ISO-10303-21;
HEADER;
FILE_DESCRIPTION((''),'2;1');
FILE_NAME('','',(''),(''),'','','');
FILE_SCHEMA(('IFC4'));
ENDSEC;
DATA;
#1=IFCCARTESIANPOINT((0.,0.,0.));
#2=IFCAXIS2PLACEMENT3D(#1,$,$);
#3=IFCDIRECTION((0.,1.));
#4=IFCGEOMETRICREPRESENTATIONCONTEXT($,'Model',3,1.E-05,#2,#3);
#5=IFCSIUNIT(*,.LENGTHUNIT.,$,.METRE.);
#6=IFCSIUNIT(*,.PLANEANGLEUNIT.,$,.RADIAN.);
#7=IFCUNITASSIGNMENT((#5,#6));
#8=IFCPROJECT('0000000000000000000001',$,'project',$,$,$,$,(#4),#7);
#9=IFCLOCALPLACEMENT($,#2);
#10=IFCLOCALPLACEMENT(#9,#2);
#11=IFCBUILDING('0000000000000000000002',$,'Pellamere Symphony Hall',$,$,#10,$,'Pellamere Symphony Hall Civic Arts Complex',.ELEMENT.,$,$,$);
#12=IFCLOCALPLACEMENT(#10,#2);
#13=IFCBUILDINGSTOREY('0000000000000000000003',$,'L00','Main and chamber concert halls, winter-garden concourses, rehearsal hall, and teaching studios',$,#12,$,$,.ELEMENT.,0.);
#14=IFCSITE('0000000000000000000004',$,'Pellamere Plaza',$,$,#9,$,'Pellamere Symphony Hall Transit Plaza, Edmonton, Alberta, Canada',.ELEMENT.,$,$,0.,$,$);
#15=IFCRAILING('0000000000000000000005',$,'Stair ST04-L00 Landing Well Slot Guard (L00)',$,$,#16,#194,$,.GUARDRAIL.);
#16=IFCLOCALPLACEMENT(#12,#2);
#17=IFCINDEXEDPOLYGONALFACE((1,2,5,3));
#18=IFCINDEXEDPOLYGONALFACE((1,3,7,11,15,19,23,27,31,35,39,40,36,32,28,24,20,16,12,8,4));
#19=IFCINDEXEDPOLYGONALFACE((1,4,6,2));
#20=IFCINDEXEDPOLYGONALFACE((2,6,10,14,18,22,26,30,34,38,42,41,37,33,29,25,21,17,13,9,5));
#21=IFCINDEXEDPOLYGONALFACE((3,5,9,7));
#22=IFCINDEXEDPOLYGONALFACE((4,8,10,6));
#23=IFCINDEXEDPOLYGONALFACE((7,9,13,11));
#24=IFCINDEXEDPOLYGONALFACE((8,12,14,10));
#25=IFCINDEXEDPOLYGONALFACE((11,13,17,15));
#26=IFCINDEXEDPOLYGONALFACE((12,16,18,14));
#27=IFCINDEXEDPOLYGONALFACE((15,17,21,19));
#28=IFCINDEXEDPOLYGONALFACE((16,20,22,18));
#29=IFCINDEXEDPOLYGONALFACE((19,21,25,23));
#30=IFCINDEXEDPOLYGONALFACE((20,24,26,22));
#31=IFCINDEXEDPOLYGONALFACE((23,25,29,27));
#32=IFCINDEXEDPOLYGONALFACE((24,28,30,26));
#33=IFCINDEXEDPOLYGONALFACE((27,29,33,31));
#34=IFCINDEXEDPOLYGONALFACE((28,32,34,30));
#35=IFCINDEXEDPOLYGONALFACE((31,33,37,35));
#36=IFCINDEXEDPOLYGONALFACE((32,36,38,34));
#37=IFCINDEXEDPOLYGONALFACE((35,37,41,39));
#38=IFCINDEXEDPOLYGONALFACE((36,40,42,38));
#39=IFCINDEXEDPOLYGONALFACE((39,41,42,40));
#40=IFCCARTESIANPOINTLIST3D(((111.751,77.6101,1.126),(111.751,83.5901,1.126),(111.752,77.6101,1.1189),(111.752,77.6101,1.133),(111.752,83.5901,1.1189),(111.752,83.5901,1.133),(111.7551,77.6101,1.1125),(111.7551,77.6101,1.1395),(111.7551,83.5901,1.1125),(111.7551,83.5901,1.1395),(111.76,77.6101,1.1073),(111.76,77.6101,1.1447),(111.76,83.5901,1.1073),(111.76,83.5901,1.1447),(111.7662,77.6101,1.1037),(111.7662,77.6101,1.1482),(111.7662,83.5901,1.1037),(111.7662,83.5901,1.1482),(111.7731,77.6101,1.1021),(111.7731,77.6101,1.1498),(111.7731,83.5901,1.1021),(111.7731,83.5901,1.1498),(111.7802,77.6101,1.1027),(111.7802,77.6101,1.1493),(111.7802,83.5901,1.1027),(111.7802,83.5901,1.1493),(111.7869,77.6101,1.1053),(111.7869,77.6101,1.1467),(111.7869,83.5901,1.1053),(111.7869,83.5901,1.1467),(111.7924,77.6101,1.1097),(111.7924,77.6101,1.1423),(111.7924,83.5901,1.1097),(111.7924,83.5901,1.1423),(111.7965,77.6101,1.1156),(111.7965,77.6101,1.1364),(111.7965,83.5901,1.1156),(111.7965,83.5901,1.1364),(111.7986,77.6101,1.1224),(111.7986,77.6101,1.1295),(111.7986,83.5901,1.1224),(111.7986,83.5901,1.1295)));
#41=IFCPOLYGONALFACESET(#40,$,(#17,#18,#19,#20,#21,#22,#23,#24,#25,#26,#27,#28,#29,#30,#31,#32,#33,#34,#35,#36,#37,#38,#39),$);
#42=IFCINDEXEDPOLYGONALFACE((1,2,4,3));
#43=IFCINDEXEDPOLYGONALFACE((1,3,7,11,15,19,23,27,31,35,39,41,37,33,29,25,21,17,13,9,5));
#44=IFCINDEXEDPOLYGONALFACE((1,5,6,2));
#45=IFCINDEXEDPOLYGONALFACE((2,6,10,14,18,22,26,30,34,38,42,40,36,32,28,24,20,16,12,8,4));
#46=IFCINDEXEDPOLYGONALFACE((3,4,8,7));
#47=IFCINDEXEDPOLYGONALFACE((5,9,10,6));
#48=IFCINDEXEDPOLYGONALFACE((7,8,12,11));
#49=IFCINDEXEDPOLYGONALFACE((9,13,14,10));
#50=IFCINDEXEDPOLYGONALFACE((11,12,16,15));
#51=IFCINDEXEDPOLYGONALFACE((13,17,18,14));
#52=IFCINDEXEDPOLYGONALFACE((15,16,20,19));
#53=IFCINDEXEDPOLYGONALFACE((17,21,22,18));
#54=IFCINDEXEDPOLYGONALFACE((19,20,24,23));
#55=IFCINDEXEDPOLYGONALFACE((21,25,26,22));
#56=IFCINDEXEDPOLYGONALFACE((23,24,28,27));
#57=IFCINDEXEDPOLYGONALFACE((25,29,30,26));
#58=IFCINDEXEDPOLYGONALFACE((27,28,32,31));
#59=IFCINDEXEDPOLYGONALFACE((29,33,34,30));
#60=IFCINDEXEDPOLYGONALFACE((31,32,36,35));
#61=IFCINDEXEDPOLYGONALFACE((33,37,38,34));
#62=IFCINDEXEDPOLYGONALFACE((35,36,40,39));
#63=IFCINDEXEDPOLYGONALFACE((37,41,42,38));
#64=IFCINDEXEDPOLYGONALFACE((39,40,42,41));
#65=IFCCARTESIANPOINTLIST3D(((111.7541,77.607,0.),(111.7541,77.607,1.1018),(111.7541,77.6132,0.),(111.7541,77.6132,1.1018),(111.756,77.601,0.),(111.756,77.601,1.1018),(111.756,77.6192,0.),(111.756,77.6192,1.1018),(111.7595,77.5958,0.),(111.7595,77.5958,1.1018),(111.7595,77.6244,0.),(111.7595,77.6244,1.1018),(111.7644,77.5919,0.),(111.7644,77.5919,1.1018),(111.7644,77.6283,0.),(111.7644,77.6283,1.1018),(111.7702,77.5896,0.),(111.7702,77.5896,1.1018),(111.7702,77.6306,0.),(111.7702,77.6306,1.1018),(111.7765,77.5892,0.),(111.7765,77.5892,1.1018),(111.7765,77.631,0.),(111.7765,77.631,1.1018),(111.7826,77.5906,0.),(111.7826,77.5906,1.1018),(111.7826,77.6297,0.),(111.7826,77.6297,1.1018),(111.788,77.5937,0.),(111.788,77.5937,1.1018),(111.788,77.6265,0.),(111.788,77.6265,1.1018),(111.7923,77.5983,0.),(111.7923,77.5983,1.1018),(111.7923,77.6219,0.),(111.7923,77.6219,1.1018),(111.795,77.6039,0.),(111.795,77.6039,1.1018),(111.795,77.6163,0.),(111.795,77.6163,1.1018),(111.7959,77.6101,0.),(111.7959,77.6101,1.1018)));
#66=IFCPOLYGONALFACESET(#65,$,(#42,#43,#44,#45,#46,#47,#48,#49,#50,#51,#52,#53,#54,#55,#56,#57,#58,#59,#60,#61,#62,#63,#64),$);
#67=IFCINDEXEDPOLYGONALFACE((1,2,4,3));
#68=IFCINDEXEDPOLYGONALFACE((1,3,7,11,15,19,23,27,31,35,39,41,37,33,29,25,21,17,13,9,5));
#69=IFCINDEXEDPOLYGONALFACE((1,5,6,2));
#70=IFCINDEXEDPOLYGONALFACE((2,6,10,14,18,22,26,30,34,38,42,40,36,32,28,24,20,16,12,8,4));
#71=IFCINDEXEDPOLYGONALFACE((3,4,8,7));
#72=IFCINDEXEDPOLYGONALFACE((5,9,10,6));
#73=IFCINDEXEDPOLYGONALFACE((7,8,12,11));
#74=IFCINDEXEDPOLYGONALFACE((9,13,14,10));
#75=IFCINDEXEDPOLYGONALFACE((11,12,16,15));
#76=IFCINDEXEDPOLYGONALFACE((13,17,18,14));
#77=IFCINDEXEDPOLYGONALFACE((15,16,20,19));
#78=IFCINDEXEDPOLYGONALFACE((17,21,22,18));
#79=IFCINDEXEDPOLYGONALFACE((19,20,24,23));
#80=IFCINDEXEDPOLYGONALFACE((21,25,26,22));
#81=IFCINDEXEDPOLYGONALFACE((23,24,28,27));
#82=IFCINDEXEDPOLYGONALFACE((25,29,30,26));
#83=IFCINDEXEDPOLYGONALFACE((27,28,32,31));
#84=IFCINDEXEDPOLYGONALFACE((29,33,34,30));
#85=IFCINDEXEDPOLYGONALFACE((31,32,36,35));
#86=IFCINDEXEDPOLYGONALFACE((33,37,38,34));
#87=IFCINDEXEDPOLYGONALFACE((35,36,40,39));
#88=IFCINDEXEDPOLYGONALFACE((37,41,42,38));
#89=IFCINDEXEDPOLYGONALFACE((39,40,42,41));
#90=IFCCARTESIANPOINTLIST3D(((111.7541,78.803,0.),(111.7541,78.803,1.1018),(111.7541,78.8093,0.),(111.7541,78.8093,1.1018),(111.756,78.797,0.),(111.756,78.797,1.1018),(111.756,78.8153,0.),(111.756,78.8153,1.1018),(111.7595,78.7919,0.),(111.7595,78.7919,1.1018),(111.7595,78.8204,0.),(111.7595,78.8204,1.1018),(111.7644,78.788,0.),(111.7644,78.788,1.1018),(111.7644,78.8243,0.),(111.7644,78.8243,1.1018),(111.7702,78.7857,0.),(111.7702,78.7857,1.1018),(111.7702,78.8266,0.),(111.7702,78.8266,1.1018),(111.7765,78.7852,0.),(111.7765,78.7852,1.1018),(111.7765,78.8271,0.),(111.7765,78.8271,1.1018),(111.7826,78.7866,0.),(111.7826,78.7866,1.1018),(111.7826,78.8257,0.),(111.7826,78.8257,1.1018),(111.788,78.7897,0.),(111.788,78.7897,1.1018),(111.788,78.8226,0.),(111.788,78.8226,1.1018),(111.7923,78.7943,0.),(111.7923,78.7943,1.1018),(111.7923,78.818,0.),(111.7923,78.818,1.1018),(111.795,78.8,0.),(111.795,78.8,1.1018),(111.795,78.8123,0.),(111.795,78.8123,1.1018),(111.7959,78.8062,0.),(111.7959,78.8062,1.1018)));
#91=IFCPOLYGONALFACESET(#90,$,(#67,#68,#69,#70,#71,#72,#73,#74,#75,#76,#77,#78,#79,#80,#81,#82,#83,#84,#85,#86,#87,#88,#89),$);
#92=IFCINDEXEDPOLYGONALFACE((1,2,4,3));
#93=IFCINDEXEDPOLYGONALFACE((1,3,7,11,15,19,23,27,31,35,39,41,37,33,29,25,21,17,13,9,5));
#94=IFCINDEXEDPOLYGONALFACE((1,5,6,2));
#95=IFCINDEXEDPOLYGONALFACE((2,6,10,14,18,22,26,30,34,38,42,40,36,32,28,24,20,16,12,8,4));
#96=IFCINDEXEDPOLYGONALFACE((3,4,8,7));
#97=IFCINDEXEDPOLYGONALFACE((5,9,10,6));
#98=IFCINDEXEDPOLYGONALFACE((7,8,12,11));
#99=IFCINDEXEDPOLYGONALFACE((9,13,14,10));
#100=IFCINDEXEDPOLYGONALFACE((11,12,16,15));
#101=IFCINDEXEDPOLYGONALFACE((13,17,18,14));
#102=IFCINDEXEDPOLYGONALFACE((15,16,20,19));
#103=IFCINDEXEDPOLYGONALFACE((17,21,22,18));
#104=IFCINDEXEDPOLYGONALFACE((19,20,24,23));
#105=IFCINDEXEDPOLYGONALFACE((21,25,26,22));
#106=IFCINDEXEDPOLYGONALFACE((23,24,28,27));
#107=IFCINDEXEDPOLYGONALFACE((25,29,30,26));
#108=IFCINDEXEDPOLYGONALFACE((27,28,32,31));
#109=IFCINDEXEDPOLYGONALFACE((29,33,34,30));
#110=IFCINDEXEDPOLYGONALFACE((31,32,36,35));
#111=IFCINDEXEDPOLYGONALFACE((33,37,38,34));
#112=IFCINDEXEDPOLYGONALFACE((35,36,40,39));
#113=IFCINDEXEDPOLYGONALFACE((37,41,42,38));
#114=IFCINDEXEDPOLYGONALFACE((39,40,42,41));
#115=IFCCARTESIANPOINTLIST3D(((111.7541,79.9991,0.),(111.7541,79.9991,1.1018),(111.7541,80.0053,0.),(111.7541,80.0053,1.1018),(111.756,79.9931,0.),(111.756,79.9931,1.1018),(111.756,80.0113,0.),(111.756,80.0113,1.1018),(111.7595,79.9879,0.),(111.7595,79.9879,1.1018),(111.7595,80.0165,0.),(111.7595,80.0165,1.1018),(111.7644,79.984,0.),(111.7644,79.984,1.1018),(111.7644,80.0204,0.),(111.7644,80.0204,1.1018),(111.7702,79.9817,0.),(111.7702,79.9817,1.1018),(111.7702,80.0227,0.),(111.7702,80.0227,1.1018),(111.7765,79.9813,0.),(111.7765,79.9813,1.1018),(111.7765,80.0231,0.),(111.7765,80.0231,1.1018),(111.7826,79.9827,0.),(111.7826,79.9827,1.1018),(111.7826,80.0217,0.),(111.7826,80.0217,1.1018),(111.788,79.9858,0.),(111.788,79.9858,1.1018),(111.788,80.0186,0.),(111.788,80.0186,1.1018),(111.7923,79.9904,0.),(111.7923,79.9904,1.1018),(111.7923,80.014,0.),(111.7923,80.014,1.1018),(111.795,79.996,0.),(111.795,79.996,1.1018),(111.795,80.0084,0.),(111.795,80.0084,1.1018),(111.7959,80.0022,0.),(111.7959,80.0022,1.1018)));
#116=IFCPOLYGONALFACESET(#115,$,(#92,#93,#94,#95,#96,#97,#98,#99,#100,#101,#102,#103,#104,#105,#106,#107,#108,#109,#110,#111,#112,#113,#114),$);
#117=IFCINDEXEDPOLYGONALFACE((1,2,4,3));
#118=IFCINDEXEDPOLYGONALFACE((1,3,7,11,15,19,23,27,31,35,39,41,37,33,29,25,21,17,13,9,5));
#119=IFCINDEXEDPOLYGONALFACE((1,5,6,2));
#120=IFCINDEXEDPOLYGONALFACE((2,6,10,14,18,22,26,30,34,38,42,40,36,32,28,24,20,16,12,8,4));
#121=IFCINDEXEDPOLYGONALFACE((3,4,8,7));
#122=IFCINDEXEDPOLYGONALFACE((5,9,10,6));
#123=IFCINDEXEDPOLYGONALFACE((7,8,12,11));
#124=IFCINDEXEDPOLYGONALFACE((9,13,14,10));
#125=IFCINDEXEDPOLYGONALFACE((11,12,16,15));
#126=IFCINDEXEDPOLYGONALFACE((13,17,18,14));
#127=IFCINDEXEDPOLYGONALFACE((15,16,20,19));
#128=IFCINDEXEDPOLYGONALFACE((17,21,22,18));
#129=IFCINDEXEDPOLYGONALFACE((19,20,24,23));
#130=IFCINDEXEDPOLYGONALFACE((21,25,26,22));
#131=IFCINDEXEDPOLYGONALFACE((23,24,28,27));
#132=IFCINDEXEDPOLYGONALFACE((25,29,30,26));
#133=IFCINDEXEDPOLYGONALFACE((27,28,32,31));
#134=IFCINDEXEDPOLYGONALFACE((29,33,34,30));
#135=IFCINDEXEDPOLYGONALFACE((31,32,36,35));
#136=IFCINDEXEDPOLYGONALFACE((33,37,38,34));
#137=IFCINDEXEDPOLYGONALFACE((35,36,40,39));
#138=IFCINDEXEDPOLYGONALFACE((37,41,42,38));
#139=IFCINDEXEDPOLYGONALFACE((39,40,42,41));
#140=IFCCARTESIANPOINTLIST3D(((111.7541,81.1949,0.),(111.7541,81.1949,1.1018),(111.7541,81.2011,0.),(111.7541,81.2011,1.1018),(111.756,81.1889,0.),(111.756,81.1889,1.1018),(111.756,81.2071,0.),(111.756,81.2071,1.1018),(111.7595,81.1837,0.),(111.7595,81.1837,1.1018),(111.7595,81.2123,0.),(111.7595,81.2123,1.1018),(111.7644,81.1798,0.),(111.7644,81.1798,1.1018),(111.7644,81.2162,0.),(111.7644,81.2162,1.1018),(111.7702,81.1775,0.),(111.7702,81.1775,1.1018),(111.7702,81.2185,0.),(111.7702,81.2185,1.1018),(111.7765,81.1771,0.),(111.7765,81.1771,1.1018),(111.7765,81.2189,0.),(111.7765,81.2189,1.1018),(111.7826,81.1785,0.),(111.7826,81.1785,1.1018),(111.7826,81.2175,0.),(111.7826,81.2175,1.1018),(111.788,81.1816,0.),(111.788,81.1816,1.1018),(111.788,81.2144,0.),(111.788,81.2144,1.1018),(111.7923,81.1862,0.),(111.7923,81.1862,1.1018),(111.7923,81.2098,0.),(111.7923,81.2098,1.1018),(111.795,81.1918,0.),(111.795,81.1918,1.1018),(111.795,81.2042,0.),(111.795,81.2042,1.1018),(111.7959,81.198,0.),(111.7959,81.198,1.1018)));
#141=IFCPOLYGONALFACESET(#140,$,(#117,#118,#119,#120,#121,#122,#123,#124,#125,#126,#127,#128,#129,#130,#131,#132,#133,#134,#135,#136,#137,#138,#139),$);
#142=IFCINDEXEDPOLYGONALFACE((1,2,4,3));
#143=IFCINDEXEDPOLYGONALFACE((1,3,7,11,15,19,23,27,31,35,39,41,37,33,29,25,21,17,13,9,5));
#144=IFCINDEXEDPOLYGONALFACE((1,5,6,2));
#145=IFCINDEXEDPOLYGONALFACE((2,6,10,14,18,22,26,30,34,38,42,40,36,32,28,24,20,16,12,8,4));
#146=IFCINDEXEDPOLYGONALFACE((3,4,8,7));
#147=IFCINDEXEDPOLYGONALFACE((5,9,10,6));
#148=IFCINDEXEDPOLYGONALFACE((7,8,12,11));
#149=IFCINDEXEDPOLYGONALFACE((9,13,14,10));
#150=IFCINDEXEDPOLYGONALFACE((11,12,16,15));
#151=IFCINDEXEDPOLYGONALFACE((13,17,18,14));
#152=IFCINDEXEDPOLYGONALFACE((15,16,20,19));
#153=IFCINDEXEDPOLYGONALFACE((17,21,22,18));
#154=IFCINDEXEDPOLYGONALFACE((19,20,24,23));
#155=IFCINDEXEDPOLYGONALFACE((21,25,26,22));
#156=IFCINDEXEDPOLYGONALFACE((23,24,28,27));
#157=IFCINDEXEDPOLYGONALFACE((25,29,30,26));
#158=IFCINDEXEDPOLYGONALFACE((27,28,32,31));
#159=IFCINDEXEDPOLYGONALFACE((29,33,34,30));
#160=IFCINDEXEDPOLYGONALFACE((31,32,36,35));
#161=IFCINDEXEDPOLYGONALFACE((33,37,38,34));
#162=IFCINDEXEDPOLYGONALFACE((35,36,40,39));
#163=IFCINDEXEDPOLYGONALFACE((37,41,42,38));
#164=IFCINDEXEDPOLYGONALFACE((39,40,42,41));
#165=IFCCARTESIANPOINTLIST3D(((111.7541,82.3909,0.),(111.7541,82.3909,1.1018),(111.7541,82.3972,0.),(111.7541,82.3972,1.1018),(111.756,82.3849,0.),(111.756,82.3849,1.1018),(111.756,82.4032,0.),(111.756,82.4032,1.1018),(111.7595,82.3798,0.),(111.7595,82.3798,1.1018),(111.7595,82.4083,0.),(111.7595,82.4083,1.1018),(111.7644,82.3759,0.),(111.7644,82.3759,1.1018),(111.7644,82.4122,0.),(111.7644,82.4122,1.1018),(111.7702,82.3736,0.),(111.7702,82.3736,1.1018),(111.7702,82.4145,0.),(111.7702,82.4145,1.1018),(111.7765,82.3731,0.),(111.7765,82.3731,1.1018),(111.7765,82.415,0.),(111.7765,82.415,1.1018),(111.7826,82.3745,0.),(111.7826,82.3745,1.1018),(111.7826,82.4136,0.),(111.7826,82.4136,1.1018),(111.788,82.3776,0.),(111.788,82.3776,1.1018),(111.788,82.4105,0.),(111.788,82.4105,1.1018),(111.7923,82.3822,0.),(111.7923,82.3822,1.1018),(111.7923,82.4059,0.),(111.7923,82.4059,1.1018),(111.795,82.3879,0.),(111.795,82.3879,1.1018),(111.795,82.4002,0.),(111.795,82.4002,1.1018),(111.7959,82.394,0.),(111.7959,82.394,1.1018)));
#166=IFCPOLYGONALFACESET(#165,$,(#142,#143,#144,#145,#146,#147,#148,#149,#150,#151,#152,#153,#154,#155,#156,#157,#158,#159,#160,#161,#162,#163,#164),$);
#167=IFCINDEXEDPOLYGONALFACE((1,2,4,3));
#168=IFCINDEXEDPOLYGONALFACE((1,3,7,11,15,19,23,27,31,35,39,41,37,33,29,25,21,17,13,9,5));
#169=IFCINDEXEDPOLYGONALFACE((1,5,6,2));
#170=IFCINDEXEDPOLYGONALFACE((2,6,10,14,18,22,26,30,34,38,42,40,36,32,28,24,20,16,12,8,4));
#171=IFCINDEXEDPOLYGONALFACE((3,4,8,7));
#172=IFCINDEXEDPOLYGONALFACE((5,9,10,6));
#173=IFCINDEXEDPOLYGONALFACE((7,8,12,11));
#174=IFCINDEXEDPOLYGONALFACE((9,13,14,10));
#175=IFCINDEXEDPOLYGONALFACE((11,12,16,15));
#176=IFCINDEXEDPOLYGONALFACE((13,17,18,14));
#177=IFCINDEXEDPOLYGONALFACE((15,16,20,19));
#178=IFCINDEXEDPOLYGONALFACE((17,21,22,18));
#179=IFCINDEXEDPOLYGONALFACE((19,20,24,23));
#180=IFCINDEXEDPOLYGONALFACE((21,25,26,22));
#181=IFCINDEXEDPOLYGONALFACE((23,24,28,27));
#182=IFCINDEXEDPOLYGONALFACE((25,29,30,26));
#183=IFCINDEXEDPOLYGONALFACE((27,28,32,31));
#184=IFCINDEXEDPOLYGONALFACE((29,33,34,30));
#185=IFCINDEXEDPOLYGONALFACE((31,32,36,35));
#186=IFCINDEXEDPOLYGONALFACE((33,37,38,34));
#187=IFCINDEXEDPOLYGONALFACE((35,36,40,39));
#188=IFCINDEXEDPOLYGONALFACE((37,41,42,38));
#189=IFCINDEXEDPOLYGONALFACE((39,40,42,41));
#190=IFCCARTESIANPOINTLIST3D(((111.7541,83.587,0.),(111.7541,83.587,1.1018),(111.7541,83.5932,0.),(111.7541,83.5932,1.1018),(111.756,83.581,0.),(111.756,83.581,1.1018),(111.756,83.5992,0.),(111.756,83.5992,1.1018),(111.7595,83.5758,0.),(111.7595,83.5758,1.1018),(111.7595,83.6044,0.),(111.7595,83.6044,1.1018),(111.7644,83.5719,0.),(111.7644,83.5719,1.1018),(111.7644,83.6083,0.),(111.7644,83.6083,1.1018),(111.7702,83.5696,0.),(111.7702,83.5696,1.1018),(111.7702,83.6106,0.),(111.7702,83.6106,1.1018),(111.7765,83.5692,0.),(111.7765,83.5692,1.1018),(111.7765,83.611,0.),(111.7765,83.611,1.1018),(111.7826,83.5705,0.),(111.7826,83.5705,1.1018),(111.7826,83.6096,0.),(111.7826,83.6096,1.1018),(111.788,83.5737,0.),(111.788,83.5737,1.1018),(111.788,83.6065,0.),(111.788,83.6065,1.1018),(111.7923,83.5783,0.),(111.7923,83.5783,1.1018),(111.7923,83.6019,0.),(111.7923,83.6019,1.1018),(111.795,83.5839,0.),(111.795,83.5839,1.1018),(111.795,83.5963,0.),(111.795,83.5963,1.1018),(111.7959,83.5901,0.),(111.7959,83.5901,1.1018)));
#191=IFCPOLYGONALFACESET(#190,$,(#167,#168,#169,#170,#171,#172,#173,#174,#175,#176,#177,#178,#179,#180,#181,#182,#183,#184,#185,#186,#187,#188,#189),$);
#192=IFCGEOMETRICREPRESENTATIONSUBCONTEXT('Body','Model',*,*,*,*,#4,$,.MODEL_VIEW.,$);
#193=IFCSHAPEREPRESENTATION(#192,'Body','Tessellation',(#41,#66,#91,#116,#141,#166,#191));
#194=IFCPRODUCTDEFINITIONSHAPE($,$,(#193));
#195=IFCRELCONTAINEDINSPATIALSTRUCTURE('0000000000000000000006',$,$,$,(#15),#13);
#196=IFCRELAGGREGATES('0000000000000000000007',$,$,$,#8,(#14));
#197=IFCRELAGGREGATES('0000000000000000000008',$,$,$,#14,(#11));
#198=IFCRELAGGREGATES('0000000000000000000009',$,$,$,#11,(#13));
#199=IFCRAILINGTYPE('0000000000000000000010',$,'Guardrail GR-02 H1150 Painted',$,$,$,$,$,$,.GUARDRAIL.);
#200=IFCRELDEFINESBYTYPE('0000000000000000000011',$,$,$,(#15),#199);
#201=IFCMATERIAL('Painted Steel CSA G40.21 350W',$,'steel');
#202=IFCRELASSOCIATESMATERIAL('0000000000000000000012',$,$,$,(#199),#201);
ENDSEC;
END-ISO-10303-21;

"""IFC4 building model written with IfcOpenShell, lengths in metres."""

from ifc_helpers import new_model, si_unit, direction, frame, origin, origin_2d, place, context, subcontext, project, spatial, circle, extrude, material, type_object, element, save


model = new_model("IFC4")

# Units and contexts
model_context = context("Model", 3, precision=1e-05, world=origin(), true_north=direction((0.0, 1.0)))
body_context = subcontext(model_context, "Body", "Model", "MODEL_VIEW")
ifc_project = project(units=[si_unit("LENGTHUNIT", "METRE"), si_unit("PLANEANGLEUNIT", "RADIAN")], contexts=[model_context])

# Site, building, storey
site_placement = place(None, origin())
site = spatial("IfcSite", under=ifc_project, at=site_placement, Name="Pellamere Plaza", LongName="Pellamere Symphony Hall Transit Plaza, Edmonton, Alberta, Canada", CompositionType="ELEMENT", RefElevation=0.0)
building_placement = place(site_placement, origin())
building = spatial("IfcBuilding", under=site, at=building_placement, Name="Pellamere Symphony Hall", LongName="Pellamere Symphony Hall Civic Arts Complex", CompositionType="ELEMENT")
storey_placement = place(building_placement, origin())
storey = spatial("IfcBuildingStorey", under=building, at=storey_placement, Name="L00", Description="Main and chamber concert halls, winter-garden concourses, rehearsal hall, and teaching studios", CompositionType="ELEMENT", Elevation=0.0)

# Railing
ifc_material_1 = material(Name="Painted Steel CSA G40.21 350W", Category="steel")
railing_type_1 = type_object("IfcRailingType", Name="Guardrail GR-02 H1150 Painted", PredefinedType="GUARDRAIL", material=ifc_material_1)
railing_1_placement = place(storey_placement, frame((111.7749, 77.6101, 0.0)))
element("IfcRailing", 1, at=railing_1_placement, inside=storey, type_object=railing_type_1, Name="Stair ST04-L00 Landing Well Slot Guard (L00)", PredefinedType="GUARDRAIL", context=body_context, shape_type="SweptSolid", body=[
    extrude(circle(Radius=0.0239, at=origin_2d()), frame((0.0, 0.0, 1.126), z_axis=(0.0, 1.0, 0.0), x_axis=(-1.0, 0.0, 0.0)), (0.0, 0.0, 1.0), 5.98),
    extrude(circle(Radius=0.021, at=origin_2d()), origin(), (0.0, 0.0, 1.0), 1.1018),
    extrude(circle(Radius=0.021, at=origin_2d()), frame((0.0, 1.196, 0.0)), (0.0, 0.0, 1.0), 1.1018),
    extrude(circle(Radius=0.021, at=origin_2d()), frame((0.0, 2.3921, 0.0)), (0.0, 0.0, 1.0), 1.1018),
    extrude(circle(Radius=0.021, at=origin_2d()), frame((0.0, 3.5879, 0.0)), (0.0, 0.0, 1.0), 1.1018),
    extrude(circle(Radius=0.021, at=origin_2d()), frame((0.0, 4.7839, 0.0)), (0.0, 0.0, 1.0), 1.1018),
    extrude(circle(Radius=0.021, at=origin_2d()), frame((0.0, 5.98, 0.0)), (0.0, 0.0, 1.0), 1.1018),
])

save(model, "model.ifc")
